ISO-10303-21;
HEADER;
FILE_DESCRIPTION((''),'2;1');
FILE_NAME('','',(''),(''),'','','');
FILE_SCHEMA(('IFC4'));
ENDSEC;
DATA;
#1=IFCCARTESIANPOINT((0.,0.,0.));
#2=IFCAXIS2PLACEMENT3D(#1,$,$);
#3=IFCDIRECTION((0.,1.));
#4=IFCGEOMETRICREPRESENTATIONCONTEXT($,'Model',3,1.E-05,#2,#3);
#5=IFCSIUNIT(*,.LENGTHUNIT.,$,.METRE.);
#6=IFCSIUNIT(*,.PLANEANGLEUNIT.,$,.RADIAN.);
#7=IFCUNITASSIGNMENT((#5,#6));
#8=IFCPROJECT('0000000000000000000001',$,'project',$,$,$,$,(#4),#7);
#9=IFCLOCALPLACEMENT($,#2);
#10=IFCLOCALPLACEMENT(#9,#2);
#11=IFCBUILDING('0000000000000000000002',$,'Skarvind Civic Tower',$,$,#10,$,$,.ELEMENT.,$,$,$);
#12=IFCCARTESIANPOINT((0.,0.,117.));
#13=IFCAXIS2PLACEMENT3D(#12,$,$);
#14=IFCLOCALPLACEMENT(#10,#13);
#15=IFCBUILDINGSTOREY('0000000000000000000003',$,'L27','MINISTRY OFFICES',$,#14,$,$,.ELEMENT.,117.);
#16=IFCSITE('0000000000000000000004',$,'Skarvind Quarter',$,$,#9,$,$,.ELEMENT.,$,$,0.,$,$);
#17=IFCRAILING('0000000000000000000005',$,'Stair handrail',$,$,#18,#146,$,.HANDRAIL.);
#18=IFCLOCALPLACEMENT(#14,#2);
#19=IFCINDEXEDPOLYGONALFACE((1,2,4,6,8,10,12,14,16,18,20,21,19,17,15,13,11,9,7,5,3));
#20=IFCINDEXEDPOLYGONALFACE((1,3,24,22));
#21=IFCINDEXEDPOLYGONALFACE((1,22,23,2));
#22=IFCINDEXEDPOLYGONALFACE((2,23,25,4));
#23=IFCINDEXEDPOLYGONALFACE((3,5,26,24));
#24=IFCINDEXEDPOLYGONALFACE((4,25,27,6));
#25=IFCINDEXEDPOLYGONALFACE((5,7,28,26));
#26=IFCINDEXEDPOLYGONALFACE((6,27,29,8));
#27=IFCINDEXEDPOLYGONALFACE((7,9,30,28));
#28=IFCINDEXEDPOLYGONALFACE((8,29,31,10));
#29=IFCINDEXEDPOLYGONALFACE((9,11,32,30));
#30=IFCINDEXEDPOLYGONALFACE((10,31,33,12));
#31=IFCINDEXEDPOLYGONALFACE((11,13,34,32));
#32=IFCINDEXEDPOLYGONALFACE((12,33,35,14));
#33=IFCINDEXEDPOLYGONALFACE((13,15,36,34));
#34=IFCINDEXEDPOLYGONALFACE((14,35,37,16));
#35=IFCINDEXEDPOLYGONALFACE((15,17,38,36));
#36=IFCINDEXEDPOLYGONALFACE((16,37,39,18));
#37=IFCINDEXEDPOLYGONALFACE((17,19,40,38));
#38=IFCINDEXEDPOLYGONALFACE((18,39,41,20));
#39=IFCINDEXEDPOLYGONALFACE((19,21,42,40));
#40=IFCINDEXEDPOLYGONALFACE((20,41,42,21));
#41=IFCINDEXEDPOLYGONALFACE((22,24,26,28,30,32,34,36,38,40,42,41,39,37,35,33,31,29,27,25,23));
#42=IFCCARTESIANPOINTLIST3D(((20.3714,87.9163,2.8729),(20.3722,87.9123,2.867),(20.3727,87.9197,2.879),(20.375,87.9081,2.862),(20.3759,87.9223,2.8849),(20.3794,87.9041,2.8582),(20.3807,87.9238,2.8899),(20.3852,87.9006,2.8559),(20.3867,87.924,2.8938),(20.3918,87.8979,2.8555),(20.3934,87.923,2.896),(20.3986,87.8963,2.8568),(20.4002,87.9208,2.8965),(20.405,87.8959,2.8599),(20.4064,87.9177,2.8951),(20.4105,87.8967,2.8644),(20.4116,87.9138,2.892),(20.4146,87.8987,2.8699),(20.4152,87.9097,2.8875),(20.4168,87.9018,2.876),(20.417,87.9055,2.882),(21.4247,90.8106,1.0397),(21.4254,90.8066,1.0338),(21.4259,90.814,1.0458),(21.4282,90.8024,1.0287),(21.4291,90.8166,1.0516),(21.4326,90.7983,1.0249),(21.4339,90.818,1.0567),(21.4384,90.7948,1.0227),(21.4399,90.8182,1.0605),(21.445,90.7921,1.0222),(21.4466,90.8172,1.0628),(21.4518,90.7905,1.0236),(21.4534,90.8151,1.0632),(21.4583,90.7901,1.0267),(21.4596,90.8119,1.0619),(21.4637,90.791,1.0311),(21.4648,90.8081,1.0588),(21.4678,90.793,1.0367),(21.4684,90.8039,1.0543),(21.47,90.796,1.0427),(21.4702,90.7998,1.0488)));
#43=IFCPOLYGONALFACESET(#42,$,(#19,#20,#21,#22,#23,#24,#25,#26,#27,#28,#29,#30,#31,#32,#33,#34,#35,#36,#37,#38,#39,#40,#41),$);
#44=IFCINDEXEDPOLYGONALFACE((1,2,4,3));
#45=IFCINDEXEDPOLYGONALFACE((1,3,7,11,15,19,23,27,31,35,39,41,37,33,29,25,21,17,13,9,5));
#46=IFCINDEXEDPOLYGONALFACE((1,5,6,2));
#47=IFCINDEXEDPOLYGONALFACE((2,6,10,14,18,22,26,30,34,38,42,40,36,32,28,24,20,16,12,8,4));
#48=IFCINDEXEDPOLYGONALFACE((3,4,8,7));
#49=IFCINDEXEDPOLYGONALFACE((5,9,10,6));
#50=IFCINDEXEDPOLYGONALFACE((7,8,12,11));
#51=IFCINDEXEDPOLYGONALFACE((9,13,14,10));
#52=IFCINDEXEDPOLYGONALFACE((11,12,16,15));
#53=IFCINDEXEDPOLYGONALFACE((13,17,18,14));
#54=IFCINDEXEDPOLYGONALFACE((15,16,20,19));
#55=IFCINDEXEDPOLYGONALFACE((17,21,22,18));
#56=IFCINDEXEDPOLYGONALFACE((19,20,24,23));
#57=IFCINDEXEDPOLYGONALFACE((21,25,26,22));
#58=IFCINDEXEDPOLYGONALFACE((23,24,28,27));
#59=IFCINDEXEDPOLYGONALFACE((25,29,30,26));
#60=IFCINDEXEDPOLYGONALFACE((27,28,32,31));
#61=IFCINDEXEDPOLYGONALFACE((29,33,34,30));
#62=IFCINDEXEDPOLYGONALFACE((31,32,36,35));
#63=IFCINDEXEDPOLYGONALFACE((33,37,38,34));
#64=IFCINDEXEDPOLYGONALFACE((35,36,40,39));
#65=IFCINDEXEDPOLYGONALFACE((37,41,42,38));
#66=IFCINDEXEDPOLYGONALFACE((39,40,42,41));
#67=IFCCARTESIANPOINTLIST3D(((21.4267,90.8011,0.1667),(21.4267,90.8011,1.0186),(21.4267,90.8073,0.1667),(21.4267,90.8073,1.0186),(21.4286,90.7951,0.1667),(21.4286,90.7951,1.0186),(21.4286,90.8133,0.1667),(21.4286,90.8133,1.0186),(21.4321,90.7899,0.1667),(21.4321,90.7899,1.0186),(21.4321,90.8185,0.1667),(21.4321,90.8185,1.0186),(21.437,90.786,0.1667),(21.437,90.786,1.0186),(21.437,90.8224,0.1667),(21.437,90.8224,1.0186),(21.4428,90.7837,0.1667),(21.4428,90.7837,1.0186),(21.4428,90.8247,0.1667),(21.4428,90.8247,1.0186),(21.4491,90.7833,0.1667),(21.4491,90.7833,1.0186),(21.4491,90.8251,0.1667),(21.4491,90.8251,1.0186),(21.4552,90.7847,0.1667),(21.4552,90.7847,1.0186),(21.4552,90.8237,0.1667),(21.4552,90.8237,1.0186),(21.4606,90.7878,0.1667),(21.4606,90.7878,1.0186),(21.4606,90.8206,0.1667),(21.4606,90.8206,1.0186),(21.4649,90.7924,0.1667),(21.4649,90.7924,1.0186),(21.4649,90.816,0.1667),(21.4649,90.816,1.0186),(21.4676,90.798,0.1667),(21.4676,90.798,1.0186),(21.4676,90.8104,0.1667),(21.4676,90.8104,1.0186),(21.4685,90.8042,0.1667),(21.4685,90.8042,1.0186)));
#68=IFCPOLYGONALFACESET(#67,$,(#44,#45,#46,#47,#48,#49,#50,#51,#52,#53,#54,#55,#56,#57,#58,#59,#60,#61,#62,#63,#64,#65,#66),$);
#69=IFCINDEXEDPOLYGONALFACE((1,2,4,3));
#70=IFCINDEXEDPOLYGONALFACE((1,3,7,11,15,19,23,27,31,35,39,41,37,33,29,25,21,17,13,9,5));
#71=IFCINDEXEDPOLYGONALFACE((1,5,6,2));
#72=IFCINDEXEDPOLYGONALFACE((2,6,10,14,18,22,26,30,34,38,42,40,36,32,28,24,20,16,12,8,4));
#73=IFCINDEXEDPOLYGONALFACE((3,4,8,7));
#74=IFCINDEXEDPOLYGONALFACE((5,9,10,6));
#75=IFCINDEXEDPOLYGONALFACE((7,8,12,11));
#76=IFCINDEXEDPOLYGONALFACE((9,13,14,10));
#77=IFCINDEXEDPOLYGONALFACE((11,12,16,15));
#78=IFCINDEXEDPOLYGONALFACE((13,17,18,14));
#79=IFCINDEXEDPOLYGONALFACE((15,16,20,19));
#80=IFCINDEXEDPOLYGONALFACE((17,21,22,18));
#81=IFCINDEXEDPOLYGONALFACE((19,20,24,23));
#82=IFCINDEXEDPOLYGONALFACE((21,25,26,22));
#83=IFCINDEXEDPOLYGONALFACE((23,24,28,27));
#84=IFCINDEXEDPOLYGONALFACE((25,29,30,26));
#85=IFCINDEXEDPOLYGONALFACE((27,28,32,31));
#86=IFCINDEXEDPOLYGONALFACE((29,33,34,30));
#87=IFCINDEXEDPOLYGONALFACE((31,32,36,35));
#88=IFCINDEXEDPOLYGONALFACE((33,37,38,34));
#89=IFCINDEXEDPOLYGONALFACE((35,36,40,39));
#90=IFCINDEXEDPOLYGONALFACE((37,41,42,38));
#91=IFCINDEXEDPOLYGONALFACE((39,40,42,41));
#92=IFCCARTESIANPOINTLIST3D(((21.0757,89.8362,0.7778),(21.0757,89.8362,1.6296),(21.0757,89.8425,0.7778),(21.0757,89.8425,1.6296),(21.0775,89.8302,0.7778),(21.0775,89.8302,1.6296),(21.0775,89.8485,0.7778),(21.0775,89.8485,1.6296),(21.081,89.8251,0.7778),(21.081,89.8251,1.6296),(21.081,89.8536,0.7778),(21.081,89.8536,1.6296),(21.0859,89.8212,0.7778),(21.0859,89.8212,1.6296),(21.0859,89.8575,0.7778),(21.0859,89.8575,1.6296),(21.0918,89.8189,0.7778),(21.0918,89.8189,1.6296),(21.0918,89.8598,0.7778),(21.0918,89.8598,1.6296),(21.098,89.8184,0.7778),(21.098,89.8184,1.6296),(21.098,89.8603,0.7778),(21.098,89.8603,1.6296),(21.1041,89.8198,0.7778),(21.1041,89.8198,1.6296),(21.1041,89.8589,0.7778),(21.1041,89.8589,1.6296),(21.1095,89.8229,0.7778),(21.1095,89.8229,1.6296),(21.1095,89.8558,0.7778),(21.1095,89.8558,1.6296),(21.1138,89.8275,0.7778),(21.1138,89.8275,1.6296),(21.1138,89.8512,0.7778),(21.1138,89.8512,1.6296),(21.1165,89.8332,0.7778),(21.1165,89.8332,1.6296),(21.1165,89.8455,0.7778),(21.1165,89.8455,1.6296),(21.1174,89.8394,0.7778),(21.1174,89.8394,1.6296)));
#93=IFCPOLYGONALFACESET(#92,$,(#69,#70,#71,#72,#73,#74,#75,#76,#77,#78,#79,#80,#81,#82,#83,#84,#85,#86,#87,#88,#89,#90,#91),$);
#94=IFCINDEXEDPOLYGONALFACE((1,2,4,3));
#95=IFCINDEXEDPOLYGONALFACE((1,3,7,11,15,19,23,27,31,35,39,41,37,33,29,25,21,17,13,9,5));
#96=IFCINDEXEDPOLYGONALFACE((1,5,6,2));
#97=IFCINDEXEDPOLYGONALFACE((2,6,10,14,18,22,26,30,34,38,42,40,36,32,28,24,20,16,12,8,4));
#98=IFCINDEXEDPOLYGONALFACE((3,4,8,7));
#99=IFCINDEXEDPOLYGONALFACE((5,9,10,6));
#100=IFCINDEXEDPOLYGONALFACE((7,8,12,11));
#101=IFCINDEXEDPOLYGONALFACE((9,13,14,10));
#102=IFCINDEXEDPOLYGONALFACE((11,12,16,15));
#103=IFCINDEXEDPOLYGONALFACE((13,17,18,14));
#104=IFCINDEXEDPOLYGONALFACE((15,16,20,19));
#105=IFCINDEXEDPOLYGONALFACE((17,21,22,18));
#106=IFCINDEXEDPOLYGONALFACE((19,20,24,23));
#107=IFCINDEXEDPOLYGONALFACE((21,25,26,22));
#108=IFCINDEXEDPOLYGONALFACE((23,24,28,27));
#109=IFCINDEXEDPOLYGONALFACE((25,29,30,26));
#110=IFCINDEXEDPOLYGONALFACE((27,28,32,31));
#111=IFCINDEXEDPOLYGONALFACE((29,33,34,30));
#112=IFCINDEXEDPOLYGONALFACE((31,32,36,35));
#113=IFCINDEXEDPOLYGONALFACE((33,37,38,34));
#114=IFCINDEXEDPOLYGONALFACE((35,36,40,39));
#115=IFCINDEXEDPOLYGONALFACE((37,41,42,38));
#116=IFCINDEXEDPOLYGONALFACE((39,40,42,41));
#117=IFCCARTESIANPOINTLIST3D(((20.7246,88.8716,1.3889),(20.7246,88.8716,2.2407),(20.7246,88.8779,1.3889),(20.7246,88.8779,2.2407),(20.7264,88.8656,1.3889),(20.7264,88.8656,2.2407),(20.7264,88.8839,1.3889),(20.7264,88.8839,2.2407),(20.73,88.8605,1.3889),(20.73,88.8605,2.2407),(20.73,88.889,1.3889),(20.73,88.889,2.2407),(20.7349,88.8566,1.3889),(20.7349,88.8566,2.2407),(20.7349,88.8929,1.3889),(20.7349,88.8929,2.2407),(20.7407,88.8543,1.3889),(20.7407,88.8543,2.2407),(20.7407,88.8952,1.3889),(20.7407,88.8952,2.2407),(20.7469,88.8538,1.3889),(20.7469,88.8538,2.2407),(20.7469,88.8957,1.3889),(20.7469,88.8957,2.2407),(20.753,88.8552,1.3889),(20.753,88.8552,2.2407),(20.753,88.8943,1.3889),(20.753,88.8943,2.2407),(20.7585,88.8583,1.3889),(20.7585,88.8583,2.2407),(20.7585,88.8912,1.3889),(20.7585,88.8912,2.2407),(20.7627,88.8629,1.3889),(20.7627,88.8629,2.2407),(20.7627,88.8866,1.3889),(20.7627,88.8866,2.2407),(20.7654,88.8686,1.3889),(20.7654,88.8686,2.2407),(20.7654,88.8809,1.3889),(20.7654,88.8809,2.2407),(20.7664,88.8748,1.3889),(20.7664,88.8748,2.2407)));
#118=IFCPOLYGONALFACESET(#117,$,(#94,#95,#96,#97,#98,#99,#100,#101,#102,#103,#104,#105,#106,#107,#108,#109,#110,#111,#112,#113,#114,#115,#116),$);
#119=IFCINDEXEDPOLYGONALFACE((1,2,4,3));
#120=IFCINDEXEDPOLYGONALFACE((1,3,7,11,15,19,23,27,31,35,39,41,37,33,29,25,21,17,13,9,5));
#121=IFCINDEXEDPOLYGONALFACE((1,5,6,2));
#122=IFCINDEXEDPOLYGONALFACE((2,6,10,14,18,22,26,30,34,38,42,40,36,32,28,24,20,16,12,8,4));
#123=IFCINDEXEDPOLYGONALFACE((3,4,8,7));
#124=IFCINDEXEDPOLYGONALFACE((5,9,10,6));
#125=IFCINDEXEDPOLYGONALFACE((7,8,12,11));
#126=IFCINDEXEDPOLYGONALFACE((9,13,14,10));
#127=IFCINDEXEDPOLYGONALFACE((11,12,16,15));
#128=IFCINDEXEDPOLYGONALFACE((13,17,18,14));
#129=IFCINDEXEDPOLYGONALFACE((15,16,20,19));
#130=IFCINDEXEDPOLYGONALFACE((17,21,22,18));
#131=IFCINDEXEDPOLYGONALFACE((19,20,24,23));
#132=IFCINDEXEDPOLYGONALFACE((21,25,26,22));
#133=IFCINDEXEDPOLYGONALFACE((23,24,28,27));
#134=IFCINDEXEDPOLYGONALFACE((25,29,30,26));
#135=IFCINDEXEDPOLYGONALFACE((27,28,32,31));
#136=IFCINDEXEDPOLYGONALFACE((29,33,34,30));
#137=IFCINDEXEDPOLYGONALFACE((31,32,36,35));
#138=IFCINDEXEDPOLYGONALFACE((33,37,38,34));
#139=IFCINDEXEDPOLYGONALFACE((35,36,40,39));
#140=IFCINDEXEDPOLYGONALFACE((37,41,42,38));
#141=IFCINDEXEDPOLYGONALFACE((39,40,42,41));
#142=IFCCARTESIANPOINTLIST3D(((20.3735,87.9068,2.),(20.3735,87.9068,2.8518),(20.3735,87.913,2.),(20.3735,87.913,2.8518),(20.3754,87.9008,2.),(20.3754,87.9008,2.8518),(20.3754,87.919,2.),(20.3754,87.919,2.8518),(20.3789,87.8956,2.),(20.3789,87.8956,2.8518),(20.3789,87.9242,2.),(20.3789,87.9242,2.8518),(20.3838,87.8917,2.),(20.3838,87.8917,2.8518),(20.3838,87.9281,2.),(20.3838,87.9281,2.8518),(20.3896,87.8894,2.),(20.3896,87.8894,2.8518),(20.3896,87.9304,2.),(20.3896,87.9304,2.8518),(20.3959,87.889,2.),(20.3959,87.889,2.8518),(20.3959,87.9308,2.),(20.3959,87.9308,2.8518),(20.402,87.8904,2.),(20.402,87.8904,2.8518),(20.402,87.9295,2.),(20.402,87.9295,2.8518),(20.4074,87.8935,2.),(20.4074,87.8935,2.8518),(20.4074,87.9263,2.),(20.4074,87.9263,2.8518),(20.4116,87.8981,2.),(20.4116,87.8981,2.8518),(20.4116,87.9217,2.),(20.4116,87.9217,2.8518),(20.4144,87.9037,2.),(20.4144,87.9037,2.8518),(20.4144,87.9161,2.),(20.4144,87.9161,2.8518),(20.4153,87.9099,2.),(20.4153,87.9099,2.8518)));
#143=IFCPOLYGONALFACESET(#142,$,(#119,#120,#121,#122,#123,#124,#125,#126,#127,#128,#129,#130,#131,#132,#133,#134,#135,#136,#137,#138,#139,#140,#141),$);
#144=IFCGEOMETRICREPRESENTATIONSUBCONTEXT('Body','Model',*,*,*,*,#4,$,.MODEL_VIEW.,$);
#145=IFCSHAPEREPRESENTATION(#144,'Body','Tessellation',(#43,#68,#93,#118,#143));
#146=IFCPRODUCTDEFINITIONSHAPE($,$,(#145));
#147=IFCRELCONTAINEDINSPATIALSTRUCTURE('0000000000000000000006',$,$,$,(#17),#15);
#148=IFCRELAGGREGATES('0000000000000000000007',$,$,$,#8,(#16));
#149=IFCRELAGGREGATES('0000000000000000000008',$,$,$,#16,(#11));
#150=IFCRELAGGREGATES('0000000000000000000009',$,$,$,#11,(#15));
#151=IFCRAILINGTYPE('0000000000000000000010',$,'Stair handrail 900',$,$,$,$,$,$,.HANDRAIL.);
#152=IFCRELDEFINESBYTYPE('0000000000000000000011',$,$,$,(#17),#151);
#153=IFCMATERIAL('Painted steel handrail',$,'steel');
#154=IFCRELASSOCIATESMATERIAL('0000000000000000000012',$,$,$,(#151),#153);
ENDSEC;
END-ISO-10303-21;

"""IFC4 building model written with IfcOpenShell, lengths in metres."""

from ifc_helpers import new_model, si_unit, direction, frame, origin, origin_2d, place, context, subcontext, project, spatial, circle, extrude, material, type_object, element, save


model = new_model("IFC4")

# Units and contexts
model_context = context("Model", 3, precision=1e-05, world=origin(), true_north=direction((0.0, 1.0)))
body_context = subcontext(model_context, "Body", "Model", "MODEL_VIEW")
ifc_project = project(units=[si_unit("LENGTHUNIT", "METRE"), si_unit("PLANEANGLEUNIT", "RADIAN")], contexts=[model_context])

# Site, building, storey
site_placement = place(None, origin())
site = spatial("IfcSite", under=ifc_project, at=site_placement, Name="Skarvind Quarter", CompositionType="ELEMENT", RefElevation=0.0)
building_placement = place(site_placement, origin())
building = spatial("IfcBuilding", under=site, at=building_placement, Name="Skarvind Civic Tower", CompositionType="ELEMENT")
storey_placement = place(building_placement, frame((0.0, 0.0, 117.0)))
storey = spatial("IfcBuildingStorey", under=building, at=storey_placement, Name="L27", Description="MINISTRY OFFICES", CompositionType="ELEMENT", Elevation=117.0)

# Railing
ifc_material_1 = material(Name="Painted steel handrail", Category="steel")
railing_type = type_object("IfcRailingType", Name="Stair handrail 900", PredefinedType="HANDRAIL", material=ifc_material_1)
railing_placement = place(storey_placement, frame((21.4475, 90.8042, 0.1667)))
element("IfcRailing", 1, at=railing_placement, inside=storey, type_object=railing_type, Name="Stair handrail", PredefinedType="HANDRAIL", context=body_context, shape_type="SweptSolid", body=[
    extrude(circle(Radius=0.0239, at=origin_2d()), frame((0.0, 0.0, 0.876), z_axis=(-0.293846, -0.807497, 0.511472), x_axis=(0.939715, -0.341959, 0.0)), (0.0, 0.0, 1.0), 3.5842),
    extrude(circle(Radius=0.021, at=origin_2d()), origin(), (0.0, 0.0, 1.0), 0.8518),
    extrude(circle(Radius=0.021, at=origin_2d()), frame((-0.3511, -0.9648, 0.6111)), (0.0, 0.0, 1.0), 0.8518),
    extrude(circle(Radius=0.021, at=origin_2d()), frame((-0.7021, -1.9294, 1.2222)), (0.0, 0.0, 1.0), 0.8518),
    extrude(circle(Radius=0.021, at=origin_2d()), frame((-1.0532, -2.8943, 1.8333)), (0.0, 0.0, 1.0), 0.8518),
])

save(model, "model.ifc")
